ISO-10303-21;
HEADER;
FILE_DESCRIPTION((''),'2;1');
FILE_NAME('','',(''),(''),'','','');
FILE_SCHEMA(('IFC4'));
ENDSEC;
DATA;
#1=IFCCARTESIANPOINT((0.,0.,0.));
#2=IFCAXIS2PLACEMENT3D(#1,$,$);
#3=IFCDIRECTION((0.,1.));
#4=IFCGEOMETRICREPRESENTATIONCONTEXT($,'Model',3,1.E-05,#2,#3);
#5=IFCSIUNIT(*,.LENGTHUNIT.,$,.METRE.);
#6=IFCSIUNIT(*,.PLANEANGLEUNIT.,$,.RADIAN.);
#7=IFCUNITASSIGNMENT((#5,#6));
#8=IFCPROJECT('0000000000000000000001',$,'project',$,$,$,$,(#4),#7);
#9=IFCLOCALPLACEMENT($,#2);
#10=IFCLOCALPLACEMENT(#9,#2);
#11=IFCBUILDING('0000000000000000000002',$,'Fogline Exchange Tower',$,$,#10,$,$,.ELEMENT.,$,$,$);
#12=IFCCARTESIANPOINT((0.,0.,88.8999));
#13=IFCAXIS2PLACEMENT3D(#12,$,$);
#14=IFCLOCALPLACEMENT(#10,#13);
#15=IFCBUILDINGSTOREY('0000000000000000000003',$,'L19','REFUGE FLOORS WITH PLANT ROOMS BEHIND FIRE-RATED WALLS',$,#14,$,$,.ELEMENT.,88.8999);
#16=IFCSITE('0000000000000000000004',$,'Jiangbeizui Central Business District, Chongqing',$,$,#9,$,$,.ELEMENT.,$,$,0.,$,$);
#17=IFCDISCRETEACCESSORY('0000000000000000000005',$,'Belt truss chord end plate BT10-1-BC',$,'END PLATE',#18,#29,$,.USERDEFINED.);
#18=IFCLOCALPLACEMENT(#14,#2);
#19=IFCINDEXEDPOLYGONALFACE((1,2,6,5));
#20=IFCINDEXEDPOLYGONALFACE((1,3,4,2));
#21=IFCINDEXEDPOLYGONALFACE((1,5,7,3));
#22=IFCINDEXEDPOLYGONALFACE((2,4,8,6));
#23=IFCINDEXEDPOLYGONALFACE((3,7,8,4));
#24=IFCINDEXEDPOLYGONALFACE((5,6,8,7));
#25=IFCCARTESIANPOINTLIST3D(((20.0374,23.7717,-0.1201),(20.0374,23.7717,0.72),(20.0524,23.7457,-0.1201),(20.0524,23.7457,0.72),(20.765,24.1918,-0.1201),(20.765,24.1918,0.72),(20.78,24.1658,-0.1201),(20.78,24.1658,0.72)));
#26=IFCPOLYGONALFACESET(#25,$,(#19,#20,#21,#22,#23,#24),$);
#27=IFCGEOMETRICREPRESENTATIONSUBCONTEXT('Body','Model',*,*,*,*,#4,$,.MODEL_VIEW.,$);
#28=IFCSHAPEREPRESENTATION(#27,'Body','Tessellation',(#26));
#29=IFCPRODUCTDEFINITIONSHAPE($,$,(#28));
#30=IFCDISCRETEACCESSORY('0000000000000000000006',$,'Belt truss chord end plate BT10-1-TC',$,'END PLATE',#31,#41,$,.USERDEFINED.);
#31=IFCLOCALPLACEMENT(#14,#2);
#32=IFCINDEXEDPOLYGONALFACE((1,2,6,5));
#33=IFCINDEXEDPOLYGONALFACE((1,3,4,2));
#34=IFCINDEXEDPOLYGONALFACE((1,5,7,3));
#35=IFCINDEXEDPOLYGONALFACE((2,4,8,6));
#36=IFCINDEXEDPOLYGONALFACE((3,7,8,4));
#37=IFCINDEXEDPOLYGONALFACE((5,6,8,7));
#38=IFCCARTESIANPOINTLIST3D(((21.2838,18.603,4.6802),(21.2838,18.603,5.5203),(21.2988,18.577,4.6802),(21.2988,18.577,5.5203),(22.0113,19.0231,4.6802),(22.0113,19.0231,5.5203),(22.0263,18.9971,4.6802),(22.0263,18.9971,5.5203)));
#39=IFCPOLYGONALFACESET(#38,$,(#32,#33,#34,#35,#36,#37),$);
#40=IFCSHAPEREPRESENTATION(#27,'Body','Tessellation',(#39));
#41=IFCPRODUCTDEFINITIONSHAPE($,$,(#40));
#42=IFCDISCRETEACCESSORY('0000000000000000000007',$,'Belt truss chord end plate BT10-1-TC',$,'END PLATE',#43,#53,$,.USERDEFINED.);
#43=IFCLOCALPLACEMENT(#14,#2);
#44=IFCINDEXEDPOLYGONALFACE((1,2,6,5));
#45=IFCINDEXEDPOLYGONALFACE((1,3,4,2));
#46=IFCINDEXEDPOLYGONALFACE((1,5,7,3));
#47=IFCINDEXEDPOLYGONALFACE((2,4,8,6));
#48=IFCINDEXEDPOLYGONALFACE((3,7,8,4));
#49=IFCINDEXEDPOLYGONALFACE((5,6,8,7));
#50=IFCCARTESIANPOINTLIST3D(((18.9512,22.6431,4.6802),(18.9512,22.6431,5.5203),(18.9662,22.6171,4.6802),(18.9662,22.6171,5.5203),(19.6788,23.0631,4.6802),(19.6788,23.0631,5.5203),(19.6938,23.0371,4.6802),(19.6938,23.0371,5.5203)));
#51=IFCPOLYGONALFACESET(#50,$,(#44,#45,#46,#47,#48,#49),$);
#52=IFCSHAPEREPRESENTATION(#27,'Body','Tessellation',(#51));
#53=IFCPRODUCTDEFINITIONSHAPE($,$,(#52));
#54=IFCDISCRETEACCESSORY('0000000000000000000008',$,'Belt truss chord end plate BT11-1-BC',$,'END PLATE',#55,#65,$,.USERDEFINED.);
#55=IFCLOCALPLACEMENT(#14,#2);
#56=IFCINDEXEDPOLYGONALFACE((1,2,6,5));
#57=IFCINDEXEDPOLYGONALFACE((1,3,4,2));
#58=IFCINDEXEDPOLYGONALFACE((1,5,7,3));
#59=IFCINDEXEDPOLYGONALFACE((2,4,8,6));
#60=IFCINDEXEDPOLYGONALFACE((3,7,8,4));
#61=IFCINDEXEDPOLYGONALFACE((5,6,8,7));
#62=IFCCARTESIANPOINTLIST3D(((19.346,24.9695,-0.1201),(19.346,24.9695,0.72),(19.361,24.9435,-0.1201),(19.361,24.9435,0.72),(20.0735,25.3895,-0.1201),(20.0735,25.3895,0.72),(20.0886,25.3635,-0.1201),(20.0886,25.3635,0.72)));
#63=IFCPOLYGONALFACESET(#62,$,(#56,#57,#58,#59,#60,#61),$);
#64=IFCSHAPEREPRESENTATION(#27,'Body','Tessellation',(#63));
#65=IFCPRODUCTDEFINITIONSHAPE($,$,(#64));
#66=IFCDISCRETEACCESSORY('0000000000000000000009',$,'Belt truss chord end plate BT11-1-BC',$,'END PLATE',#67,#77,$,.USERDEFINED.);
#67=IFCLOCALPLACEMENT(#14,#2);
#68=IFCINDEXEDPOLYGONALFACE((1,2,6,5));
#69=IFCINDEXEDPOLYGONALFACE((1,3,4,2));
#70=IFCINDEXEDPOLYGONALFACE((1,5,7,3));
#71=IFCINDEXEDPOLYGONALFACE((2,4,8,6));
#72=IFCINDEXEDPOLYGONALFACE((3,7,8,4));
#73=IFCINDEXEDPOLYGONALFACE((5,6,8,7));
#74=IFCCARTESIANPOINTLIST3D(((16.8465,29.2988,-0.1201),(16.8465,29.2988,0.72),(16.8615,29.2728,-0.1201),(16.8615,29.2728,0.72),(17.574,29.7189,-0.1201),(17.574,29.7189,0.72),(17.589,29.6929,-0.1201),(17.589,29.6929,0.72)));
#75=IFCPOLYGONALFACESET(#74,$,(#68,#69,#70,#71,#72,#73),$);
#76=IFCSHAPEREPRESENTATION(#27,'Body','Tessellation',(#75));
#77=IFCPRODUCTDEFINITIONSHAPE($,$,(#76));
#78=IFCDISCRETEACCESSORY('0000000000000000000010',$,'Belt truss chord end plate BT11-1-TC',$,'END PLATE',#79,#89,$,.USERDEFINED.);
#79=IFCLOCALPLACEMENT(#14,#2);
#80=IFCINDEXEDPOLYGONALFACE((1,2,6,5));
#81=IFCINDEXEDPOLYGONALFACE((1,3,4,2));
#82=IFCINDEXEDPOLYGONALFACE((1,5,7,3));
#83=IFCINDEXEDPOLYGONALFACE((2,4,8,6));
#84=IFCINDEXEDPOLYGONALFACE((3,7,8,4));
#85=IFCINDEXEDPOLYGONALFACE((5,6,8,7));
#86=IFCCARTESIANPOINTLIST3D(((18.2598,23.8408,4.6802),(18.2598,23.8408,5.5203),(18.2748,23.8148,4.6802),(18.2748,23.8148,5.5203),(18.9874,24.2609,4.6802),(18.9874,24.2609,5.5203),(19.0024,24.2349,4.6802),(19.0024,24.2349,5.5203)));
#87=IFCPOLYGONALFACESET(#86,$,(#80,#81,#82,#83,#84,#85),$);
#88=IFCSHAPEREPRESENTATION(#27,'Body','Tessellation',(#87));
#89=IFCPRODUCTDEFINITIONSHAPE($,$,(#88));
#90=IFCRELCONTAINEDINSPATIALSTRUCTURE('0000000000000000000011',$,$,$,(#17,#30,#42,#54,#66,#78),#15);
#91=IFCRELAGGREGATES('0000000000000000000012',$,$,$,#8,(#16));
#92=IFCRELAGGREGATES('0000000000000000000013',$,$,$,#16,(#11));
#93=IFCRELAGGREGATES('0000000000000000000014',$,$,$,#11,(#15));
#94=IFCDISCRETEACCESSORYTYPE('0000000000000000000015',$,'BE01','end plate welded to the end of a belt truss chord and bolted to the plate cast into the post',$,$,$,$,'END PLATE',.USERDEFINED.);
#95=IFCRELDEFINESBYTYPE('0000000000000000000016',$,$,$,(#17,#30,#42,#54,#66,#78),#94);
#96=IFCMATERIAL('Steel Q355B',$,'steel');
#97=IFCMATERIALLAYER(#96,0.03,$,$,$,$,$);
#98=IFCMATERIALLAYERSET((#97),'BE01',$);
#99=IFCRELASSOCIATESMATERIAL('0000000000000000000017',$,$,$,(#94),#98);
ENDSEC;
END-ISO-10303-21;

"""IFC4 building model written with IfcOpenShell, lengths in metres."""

from ifc_helpers import new_model, si_unit, direction, frame, origin, origin_2d, place, context, subcontext, project, spatial, rectangle, extrude, material, layer, layer_set, type_object, element, save


model = new_model("IFC4")

# Units and contexts
model_context = context("Model", 3, precision=1e-05, world=origin(), true_north=direction((0.0, 1.0)))
body_context = subcontext(model_context, "Body", "Model", "MODEL_VIEW")
ifc_project = project(units=[si_unit("LENGTHUNIT", "METRE"), si_unit("PLANEANGLEUNIT", "RADIAN")], contexts=[model_context])

# Site, building, storey
site_placement = place(None, origin())
site = spatial("IfcSite", under=ifc_project, at=site_placement, Name="Jiangbeizui Central Business District, Chongqing", CompositionType="ELEMENT", RefElevation=0.0)
building_placement = place(site_placement, origin())
building = spatial("IfcBuilding", under=site, at=building_placement, Name="Fogline Exchange Tower", CompositionType="ELEMENT")
storey_placement = place(building_placement, frame((0.0, 0.0, 88.8999)))
storey = spatial("IfcBuildingStorey", under=building, at=storey_placement, Name="L19", Description="REFUGE FLOORS WITH PLANT ROOMS BEHIND FIRE-RATED WALLS", CompositionType="ELEMENT", Elevation=88.8999)

# Shared definitions
ifc_material_1 = material(Name="Steel Q355B", Category="steel")

# Discrete accessories
ifc_layer = layer(ifc_material_1, 0.03)
ifc_layer_set = layer_set([ifc_layer], Name="BE01")
discrete_accessory_type = type_object("IfcDiscreteAccessoryType", Name="BE01", Description="end plate welded to the end of a belt truss chord and bolted to the plate cast into the post", ElementType="END PLATE", PredefinedType="USERDEFINED", material=ifc_layer_set)
for number, where, z_axis, x_axis, name in (
    (1, (20.4087, 23.9688, -0.1201), (0.0, 0.0, 1.0), (-0.5, 0.866025, 0.0), "Belt truss chord end plate BT10-1-BC"),
    (2, (21.655, 18.8, 4.6802), (0.0, 0.0, 1.0), (0.5, -0.866025, 0.0), "Belt truss chord end plate BT10-1-TC"),
    (3, (19.3225, 22.8401, 4.6802), (0.0, 0.0, 1.0), (-0.5, 0.866025, 0.0), "Belt truss chord end plate BT10-1-TC"),
    (4, (19.7173, 25.1665, -0.1201), (0.0, 0.0, 1.0), (0.5, -0.866025, 0.0), "Belt truss chord end plate BT11-1-BC"),
    (5, (17.2178, 29.4958, -0.1201), (0.0, 0.0, 1.0), (-0.5, 0.866025, 0.0), "Belt truss chord end plate BT11-1-BC"),
    (6, (18.6311, 24.0378, 4.6802), (0.0, 0.0, 1.0), (0.5, -0.866025, 0.0), "Belt truss chord end plate BT11-1-TC"),
):
    element("IfcDiscreteAccessory", number, at=place(storey_placement, frame(where, z_axis=z_axis, x_axis=x_axis)), inside=storey, type_object=discrete_accessory_type, Name=name, ObjectType="END PLATE", PredefinedType="USERDEFINED", context=body_context, shape_type="SweptSolid", body=[
        extrude(rectangle(XDim=0.03, YDim=0.8401, at=origin_2d()), origin(), (0.0, 0.0, 1.0), 0.8401),
    ])

save(model, "model.ifc")
